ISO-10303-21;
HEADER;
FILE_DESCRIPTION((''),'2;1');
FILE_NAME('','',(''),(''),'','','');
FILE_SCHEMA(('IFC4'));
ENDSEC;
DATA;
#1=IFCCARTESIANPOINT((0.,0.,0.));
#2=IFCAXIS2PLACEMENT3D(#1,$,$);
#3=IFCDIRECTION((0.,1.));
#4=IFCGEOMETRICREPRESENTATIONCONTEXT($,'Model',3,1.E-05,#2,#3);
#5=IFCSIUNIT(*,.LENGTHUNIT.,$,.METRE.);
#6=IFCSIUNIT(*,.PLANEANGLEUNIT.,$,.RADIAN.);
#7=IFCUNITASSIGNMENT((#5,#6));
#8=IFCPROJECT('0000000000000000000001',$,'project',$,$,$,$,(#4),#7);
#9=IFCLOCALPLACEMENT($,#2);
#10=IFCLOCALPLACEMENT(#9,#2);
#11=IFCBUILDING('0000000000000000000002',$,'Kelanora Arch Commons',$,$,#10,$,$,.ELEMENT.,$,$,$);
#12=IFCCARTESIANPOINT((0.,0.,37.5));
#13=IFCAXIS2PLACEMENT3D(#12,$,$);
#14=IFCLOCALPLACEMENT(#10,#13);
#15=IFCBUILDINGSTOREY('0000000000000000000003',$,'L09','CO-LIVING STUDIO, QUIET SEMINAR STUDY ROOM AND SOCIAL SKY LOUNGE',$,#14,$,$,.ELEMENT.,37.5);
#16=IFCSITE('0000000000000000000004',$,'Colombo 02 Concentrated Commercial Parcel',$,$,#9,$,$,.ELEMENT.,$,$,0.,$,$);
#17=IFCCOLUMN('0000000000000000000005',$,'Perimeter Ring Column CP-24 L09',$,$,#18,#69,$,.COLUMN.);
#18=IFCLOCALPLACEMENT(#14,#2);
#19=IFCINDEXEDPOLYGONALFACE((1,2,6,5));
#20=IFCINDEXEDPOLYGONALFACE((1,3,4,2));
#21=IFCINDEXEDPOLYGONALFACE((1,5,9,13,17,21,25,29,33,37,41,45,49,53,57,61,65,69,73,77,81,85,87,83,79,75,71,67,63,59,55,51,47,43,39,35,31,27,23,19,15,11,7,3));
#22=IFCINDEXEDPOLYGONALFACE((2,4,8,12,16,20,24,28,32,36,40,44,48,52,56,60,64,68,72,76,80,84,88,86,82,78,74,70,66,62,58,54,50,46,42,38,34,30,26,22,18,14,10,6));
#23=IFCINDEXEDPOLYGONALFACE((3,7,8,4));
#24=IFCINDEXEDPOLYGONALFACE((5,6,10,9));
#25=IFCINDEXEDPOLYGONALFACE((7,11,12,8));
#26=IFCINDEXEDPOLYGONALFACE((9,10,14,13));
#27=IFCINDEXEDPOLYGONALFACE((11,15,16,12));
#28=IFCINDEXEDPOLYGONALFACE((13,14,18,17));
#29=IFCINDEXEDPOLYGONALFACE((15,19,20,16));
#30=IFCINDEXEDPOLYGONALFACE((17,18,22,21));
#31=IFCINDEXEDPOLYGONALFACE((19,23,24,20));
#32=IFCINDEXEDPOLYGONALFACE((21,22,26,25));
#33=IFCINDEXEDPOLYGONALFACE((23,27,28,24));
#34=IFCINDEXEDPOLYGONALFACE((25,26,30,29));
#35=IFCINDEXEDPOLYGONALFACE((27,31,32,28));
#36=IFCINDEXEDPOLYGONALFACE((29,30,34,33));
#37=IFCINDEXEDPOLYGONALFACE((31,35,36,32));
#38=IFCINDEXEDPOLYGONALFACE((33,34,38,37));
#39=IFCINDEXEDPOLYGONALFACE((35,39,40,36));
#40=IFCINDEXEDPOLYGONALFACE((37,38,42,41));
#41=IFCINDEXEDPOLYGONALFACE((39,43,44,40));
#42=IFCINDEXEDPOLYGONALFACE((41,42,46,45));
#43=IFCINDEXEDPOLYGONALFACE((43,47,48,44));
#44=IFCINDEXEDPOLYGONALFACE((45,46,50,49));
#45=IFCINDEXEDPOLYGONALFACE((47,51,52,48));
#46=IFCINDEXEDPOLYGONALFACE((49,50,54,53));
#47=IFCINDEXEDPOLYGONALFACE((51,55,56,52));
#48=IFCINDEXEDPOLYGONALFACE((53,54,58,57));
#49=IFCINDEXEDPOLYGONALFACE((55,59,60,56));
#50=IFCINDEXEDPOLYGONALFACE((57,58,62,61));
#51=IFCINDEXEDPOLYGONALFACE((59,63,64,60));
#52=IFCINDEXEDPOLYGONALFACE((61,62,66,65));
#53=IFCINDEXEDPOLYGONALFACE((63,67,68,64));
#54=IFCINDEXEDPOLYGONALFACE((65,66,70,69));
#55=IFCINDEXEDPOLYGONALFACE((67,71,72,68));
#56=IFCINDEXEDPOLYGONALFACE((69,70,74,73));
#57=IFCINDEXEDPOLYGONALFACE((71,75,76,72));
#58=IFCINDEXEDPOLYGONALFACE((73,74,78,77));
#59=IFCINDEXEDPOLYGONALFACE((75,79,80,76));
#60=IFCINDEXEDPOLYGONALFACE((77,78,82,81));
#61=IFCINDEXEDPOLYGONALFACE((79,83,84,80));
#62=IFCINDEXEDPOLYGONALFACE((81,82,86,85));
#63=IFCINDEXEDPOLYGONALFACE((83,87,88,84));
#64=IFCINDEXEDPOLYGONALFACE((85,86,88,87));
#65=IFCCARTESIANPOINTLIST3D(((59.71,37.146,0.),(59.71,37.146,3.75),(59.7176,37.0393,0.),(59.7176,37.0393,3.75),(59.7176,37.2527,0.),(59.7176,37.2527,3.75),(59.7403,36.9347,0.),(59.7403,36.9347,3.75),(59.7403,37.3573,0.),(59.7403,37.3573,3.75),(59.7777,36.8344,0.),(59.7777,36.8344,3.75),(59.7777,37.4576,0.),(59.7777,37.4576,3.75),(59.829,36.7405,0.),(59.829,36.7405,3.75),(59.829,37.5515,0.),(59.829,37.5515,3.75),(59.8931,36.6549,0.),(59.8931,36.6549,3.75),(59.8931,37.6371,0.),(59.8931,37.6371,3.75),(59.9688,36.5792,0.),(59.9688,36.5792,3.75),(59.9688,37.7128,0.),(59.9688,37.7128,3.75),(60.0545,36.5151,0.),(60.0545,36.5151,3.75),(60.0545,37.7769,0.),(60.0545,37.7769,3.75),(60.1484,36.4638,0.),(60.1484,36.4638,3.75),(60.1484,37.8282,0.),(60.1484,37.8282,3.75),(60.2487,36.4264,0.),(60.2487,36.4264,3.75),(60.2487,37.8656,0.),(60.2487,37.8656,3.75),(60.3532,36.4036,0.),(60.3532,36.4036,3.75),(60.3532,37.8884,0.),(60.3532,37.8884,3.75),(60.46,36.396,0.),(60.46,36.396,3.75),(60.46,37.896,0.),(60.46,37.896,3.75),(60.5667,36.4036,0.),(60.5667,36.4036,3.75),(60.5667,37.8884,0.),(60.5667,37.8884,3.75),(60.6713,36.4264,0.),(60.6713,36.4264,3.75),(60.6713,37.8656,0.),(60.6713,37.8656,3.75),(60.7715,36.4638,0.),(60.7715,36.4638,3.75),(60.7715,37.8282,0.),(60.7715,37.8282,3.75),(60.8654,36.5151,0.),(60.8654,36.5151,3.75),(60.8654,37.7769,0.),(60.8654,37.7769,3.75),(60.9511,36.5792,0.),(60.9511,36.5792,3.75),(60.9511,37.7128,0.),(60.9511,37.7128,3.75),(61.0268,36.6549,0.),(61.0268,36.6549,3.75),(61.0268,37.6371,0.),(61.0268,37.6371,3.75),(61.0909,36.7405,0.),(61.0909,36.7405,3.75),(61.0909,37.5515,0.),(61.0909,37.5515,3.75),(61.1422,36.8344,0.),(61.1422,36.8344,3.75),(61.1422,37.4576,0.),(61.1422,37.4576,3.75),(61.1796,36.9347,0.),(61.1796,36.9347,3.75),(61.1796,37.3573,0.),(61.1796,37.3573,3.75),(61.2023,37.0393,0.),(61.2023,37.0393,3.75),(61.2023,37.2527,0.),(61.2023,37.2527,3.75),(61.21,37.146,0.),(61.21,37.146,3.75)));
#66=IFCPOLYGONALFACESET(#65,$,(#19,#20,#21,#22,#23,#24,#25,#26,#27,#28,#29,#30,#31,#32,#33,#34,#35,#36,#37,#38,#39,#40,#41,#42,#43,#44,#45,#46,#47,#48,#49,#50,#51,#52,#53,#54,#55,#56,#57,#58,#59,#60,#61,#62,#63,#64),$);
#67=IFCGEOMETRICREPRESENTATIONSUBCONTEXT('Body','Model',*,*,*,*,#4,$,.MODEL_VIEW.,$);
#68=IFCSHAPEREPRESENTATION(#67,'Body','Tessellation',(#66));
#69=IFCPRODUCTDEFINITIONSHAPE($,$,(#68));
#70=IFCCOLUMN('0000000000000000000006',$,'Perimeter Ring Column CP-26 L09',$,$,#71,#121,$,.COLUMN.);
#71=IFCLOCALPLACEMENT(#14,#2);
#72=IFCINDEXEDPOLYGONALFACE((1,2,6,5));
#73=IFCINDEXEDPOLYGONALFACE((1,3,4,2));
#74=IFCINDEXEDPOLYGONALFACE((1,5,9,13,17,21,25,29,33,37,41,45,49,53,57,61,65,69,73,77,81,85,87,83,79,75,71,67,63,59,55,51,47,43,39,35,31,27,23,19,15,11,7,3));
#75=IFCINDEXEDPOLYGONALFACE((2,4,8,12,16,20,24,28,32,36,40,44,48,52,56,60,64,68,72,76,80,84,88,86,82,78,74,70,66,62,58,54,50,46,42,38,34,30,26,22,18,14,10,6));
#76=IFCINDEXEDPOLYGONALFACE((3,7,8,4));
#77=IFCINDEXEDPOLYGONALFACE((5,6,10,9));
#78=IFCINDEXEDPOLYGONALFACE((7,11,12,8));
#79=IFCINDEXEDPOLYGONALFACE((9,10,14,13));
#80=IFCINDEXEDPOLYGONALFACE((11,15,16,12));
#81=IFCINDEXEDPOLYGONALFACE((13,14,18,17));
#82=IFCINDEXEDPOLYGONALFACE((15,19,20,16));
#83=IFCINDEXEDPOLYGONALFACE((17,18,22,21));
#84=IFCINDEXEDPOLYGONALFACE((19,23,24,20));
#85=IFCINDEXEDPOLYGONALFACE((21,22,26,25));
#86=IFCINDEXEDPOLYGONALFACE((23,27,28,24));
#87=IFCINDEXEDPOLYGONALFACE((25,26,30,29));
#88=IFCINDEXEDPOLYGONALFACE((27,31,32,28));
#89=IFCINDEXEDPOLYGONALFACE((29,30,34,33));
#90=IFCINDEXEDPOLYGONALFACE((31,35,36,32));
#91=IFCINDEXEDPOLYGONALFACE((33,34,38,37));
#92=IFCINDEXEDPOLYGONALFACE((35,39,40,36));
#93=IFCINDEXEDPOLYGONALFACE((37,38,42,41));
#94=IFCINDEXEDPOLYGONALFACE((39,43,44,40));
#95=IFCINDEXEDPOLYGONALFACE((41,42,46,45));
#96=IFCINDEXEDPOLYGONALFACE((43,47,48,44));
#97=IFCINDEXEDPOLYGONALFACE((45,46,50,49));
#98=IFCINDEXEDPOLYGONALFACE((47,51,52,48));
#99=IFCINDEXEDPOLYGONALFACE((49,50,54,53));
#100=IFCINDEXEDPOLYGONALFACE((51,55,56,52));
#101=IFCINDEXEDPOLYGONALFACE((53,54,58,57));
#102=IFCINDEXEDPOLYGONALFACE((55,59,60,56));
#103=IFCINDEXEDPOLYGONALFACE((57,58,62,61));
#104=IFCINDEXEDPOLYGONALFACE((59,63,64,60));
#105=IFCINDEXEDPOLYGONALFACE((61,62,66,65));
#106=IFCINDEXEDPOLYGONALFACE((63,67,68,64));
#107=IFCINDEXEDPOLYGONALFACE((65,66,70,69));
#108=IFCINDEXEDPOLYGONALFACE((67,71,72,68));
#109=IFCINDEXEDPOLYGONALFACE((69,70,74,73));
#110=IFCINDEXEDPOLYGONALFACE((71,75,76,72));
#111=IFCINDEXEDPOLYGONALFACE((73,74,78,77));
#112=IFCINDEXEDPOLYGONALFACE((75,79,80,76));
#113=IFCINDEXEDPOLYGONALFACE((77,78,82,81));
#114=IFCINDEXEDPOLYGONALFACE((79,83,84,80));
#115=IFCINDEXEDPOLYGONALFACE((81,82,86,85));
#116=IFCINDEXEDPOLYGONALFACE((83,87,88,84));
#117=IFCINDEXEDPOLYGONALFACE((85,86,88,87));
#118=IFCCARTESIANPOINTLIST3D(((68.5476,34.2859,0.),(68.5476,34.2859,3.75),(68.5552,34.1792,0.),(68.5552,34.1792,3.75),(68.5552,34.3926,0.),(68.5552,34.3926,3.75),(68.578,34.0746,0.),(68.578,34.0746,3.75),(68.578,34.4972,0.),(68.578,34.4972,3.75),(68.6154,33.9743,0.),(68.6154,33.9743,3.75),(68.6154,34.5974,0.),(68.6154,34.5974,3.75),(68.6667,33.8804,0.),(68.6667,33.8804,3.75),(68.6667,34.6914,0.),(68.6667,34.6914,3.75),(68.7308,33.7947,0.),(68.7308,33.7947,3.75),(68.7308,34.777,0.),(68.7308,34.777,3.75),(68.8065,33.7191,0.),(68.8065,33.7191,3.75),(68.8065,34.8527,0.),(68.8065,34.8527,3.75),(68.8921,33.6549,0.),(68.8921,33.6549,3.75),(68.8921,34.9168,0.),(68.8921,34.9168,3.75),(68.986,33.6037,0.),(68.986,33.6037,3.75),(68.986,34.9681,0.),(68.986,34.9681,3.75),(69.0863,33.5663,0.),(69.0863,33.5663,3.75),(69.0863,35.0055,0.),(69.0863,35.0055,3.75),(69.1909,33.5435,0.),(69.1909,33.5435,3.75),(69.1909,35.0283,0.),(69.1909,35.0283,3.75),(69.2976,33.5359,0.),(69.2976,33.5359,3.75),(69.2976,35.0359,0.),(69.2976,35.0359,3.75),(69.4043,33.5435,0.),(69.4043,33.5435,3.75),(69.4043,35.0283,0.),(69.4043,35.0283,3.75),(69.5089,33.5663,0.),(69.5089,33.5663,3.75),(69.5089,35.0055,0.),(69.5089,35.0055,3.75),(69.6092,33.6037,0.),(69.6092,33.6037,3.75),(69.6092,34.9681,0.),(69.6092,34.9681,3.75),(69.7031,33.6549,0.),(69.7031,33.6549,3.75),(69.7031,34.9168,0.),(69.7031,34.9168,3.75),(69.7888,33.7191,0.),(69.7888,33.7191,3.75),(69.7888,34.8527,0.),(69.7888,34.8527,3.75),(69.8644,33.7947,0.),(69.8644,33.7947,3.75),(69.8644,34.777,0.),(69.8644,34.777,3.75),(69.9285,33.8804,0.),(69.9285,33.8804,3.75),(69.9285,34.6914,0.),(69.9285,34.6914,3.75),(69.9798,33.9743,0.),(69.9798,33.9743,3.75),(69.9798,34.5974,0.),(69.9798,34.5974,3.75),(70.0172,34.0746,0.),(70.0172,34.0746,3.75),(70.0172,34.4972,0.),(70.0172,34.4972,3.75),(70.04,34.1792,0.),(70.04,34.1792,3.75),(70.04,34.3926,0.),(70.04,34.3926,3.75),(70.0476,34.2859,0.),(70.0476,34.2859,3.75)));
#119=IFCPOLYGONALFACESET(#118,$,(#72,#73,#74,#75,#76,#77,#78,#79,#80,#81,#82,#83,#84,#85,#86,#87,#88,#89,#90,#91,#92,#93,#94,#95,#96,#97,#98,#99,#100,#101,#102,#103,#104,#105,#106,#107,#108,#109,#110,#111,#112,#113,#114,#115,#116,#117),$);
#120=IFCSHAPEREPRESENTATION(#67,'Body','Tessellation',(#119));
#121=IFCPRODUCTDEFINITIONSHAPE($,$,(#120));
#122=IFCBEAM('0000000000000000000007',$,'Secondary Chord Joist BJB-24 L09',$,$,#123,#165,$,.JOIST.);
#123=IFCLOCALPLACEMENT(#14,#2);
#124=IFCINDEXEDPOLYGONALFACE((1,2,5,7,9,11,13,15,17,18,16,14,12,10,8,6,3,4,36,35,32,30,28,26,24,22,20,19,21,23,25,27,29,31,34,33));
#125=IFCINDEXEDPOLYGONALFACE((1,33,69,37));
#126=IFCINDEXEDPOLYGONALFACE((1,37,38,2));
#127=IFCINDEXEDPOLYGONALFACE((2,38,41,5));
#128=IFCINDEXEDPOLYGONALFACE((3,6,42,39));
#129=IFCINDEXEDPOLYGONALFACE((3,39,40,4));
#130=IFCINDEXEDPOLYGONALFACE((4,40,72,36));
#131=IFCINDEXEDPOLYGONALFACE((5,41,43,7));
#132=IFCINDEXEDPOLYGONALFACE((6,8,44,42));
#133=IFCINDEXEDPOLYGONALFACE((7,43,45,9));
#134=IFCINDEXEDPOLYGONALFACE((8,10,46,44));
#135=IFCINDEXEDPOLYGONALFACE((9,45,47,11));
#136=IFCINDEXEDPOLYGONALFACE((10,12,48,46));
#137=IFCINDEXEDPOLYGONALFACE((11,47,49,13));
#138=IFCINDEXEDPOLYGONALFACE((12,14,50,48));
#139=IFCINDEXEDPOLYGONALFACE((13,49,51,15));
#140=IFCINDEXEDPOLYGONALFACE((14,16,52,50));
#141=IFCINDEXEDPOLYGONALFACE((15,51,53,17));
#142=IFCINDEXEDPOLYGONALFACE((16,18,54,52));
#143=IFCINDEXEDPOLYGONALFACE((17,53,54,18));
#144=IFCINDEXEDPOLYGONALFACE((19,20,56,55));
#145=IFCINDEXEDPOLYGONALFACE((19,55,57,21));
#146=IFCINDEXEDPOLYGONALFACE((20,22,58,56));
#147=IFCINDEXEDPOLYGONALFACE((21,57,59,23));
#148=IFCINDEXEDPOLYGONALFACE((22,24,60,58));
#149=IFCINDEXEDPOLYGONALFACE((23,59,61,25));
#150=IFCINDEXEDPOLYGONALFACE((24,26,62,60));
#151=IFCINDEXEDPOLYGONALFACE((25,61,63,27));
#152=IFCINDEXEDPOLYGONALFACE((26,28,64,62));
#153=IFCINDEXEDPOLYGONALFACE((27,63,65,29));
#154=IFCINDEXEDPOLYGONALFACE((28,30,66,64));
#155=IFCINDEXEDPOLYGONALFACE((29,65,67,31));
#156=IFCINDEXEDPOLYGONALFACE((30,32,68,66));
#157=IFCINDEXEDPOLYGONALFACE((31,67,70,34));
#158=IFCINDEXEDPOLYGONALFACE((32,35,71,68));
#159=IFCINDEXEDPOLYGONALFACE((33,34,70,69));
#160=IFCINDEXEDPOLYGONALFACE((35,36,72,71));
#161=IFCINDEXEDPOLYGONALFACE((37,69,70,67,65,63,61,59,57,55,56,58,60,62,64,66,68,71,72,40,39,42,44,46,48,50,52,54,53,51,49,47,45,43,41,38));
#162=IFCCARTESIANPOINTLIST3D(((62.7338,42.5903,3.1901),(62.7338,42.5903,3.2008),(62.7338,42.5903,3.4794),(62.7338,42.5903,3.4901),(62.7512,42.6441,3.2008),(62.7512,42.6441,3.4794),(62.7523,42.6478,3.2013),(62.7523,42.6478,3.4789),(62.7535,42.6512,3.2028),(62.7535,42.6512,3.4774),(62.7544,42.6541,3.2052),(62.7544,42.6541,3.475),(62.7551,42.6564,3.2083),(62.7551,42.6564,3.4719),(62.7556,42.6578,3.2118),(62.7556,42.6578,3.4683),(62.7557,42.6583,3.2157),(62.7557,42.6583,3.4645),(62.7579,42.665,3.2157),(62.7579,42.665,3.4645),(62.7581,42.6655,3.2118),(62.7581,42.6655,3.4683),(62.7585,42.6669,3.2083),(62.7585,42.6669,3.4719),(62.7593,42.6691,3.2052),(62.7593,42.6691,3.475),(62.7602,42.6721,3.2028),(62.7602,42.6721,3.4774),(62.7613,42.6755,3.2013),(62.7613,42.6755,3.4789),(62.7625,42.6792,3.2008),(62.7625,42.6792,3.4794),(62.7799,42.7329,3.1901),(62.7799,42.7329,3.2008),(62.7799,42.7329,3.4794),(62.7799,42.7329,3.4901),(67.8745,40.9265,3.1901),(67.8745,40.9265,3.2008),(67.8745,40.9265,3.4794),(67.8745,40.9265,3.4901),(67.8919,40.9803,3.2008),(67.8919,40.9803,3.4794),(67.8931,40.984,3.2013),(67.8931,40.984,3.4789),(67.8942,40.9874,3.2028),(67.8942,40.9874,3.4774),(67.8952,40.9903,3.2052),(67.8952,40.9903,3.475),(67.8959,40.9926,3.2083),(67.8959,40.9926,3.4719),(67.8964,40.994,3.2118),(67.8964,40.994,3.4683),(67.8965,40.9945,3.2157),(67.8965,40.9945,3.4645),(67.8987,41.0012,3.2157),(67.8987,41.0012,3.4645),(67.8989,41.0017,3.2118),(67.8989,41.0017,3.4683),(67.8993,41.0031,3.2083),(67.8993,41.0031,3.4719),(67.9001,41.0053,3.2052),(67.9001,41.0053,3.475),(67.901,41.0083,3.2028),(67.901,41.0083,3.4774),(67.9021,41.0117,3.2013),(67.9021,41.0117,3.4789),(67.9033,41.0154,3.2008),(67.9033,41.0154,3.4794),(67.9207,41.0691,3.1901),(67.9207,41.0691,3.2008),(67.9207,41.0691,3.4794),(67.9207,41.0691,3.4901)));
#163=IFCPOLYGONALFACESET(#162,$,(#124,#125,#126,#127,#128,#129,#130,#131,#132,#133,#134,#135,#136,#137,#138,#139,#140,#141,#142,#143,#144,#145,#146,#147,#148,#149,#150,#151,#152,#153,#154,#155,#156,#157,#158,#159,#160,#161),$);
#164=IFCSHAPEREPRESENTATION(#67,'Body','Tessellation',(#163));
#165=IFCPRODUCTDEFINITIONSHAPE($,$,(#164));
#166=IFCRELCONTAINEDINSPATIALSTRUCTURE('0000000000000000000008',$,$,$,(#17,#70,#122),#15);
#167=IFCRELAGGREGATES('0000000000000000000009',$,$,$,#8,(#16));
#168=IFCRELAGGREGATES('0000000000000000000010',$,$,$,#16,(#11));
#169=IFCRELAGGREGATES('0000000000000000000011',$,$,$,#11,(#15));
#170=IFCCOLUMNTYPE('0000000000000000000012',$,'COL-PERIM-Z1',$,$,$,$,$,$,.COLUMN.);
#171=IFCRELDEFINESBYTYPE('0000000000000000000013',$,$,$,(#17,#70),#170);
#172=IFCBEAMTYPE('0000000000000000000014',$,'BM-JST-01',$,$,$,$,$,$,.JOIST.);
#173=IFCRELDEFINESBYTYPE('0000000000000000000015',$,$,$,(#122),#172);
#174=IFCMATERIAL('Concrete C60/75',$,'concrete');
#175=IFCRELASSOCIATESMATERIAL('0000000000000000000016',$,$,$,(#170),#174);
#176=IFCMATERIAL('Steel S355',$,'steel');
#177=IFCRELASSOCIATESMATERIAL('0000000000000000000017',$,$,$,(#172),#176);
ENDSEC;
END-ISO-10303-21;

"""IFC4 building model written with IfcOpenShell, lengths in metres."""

from ifc_helpers import new_model, si_unit, direction, frame, origin, origin_2d, place, context, subcontext, project, spatial, circle, i_section, extrude, material, material_profile, profile_set, type_object, element, save


model = new_model("IFC4")

# Units and contexts
model_context = context("Model", 3, precision=1e-05, world=origin(), true_north=direction((0.0, 1.0)))
body_context = subcontext(model_context, "Body", "Model", "MODEL_VIEW")
ifc_project = project(units=[si_unit("LENGTHUNIT", "METRE"), si_unit("PLANEANGLEUNIT", "RADIAN")], contexts=[model_context])

# Site, building, storey
site_placement = place(None, origin())
site = spatial("IfcSite", under=ifc_project, at=site_placement, Name="Colombo 02 Concentrated Commercial Parcel", CompositionType="ELEMENT", RefElevation=0.0)
building_placement = place(site_placement, origin())
building = spatial("IfcBuilding", under=site, at=building_placement, Name="Kelanora Arch Commons", CompositionType="ELEMENT")
storey_placement = place(building_placement, frame((0.0, 0.0, 37.5)))
storey = spatial("IfcBuildingStorey", under=building, at=storey_placement, Name="L09", Description="CO-LIVING STUDIO, QUIET SEMINAR STUDY ROOM AND SOCIAL SKY LOUNGE", CompositionType="ELEMENT", Elevation=37.5)

# Columns
ifc_material_1 = material(Name="Concrete C60/75", Category="concrete")
ifc_material_profile_1 = material_profile(ifc_material_1, circle(Radius=0.75, at=origin_2d()), Name="RCC1500")
ifc_profile_set_1 = profile_set([ifc_material_profile_1], Name="Concrete C60/75")
column_type = type_object("IfcColumnType", Name="COL-PERIM-Z1", PredefinedType="COLUMN", material=ifc_profile_set_1)
for number, where, z_axis, x_axis, name in (
    (1, (60.46, 37.146, 0.0), (0.0, 0.0, 1.0), (1.0, 0.0, 0.0), "Perimeter Ring Column CP-24 L09"),
    (2, (69.2976, 34.2859, 0.0), (0.0, 0.0, 1.0), (1.0, 0.0, 0.0), "Perimeter Ring Column CP-26 L09"),
):
    element("IfcColumn", number, at=place(storey_placement, frame(where, z_axis=z_axis, x_axis=x_axis)), inside=storey, type_object=column_type, Name=name, PredefinedType="COLUMN", context=body_context, shape_type="SweptSolid", body=[
        extrude(circle(Radius=0.75, at=origin_2d()), origin(), (0.0, 0.0, 1.0), 3.75),
    ])

# Beam
ifc_material_2 = material(Name="Steel S355", Category="steel")
ifc_material_profile_2 = material_profile(ifc_material_2, i_section(OverallWidth=0.1499, OverallDepth=0.3, WebThickness=0.0071, FlangeThickness=0.0107, FilletRadius=0.0149, at=origin_2d()), Name="IPE300")
ifc_profile_set_2 = profile_set([ifc_material_profile_2], Name="Steel S355")
beam_type_1 = type_object("IfcBeamType", Name="BM-JST-01", PredefinedType="JOIST", material=ifc_profile_set_2)
beam_1_placement = place(storey_placement, frame((62.7568, 42.6616, 3.3401), z_axis=(0.951412, -0.30792, 0.0), x_axis=(0.30792, 0.951412, 0.0)))
element("IfcBeam", 3, at=beam_1_placement, inside=storey, type_object=beam_type_1, Name="Secondary Chord Joist BJB-24 L09", PredefinedType="JOIST", context=body_context, shape_type="SweptSolid", body=[
    extrude(i_section(OverallWidth=0.1499, OverallDepth=0.3, WebThickness=0.0071, FlangeThickness=0.0107, FilletRadius=0.0149, at=origin_2d()), origin(), (0.0, 0.0, 1.0), 5.4033),
])

save(model, "model.ifc")
